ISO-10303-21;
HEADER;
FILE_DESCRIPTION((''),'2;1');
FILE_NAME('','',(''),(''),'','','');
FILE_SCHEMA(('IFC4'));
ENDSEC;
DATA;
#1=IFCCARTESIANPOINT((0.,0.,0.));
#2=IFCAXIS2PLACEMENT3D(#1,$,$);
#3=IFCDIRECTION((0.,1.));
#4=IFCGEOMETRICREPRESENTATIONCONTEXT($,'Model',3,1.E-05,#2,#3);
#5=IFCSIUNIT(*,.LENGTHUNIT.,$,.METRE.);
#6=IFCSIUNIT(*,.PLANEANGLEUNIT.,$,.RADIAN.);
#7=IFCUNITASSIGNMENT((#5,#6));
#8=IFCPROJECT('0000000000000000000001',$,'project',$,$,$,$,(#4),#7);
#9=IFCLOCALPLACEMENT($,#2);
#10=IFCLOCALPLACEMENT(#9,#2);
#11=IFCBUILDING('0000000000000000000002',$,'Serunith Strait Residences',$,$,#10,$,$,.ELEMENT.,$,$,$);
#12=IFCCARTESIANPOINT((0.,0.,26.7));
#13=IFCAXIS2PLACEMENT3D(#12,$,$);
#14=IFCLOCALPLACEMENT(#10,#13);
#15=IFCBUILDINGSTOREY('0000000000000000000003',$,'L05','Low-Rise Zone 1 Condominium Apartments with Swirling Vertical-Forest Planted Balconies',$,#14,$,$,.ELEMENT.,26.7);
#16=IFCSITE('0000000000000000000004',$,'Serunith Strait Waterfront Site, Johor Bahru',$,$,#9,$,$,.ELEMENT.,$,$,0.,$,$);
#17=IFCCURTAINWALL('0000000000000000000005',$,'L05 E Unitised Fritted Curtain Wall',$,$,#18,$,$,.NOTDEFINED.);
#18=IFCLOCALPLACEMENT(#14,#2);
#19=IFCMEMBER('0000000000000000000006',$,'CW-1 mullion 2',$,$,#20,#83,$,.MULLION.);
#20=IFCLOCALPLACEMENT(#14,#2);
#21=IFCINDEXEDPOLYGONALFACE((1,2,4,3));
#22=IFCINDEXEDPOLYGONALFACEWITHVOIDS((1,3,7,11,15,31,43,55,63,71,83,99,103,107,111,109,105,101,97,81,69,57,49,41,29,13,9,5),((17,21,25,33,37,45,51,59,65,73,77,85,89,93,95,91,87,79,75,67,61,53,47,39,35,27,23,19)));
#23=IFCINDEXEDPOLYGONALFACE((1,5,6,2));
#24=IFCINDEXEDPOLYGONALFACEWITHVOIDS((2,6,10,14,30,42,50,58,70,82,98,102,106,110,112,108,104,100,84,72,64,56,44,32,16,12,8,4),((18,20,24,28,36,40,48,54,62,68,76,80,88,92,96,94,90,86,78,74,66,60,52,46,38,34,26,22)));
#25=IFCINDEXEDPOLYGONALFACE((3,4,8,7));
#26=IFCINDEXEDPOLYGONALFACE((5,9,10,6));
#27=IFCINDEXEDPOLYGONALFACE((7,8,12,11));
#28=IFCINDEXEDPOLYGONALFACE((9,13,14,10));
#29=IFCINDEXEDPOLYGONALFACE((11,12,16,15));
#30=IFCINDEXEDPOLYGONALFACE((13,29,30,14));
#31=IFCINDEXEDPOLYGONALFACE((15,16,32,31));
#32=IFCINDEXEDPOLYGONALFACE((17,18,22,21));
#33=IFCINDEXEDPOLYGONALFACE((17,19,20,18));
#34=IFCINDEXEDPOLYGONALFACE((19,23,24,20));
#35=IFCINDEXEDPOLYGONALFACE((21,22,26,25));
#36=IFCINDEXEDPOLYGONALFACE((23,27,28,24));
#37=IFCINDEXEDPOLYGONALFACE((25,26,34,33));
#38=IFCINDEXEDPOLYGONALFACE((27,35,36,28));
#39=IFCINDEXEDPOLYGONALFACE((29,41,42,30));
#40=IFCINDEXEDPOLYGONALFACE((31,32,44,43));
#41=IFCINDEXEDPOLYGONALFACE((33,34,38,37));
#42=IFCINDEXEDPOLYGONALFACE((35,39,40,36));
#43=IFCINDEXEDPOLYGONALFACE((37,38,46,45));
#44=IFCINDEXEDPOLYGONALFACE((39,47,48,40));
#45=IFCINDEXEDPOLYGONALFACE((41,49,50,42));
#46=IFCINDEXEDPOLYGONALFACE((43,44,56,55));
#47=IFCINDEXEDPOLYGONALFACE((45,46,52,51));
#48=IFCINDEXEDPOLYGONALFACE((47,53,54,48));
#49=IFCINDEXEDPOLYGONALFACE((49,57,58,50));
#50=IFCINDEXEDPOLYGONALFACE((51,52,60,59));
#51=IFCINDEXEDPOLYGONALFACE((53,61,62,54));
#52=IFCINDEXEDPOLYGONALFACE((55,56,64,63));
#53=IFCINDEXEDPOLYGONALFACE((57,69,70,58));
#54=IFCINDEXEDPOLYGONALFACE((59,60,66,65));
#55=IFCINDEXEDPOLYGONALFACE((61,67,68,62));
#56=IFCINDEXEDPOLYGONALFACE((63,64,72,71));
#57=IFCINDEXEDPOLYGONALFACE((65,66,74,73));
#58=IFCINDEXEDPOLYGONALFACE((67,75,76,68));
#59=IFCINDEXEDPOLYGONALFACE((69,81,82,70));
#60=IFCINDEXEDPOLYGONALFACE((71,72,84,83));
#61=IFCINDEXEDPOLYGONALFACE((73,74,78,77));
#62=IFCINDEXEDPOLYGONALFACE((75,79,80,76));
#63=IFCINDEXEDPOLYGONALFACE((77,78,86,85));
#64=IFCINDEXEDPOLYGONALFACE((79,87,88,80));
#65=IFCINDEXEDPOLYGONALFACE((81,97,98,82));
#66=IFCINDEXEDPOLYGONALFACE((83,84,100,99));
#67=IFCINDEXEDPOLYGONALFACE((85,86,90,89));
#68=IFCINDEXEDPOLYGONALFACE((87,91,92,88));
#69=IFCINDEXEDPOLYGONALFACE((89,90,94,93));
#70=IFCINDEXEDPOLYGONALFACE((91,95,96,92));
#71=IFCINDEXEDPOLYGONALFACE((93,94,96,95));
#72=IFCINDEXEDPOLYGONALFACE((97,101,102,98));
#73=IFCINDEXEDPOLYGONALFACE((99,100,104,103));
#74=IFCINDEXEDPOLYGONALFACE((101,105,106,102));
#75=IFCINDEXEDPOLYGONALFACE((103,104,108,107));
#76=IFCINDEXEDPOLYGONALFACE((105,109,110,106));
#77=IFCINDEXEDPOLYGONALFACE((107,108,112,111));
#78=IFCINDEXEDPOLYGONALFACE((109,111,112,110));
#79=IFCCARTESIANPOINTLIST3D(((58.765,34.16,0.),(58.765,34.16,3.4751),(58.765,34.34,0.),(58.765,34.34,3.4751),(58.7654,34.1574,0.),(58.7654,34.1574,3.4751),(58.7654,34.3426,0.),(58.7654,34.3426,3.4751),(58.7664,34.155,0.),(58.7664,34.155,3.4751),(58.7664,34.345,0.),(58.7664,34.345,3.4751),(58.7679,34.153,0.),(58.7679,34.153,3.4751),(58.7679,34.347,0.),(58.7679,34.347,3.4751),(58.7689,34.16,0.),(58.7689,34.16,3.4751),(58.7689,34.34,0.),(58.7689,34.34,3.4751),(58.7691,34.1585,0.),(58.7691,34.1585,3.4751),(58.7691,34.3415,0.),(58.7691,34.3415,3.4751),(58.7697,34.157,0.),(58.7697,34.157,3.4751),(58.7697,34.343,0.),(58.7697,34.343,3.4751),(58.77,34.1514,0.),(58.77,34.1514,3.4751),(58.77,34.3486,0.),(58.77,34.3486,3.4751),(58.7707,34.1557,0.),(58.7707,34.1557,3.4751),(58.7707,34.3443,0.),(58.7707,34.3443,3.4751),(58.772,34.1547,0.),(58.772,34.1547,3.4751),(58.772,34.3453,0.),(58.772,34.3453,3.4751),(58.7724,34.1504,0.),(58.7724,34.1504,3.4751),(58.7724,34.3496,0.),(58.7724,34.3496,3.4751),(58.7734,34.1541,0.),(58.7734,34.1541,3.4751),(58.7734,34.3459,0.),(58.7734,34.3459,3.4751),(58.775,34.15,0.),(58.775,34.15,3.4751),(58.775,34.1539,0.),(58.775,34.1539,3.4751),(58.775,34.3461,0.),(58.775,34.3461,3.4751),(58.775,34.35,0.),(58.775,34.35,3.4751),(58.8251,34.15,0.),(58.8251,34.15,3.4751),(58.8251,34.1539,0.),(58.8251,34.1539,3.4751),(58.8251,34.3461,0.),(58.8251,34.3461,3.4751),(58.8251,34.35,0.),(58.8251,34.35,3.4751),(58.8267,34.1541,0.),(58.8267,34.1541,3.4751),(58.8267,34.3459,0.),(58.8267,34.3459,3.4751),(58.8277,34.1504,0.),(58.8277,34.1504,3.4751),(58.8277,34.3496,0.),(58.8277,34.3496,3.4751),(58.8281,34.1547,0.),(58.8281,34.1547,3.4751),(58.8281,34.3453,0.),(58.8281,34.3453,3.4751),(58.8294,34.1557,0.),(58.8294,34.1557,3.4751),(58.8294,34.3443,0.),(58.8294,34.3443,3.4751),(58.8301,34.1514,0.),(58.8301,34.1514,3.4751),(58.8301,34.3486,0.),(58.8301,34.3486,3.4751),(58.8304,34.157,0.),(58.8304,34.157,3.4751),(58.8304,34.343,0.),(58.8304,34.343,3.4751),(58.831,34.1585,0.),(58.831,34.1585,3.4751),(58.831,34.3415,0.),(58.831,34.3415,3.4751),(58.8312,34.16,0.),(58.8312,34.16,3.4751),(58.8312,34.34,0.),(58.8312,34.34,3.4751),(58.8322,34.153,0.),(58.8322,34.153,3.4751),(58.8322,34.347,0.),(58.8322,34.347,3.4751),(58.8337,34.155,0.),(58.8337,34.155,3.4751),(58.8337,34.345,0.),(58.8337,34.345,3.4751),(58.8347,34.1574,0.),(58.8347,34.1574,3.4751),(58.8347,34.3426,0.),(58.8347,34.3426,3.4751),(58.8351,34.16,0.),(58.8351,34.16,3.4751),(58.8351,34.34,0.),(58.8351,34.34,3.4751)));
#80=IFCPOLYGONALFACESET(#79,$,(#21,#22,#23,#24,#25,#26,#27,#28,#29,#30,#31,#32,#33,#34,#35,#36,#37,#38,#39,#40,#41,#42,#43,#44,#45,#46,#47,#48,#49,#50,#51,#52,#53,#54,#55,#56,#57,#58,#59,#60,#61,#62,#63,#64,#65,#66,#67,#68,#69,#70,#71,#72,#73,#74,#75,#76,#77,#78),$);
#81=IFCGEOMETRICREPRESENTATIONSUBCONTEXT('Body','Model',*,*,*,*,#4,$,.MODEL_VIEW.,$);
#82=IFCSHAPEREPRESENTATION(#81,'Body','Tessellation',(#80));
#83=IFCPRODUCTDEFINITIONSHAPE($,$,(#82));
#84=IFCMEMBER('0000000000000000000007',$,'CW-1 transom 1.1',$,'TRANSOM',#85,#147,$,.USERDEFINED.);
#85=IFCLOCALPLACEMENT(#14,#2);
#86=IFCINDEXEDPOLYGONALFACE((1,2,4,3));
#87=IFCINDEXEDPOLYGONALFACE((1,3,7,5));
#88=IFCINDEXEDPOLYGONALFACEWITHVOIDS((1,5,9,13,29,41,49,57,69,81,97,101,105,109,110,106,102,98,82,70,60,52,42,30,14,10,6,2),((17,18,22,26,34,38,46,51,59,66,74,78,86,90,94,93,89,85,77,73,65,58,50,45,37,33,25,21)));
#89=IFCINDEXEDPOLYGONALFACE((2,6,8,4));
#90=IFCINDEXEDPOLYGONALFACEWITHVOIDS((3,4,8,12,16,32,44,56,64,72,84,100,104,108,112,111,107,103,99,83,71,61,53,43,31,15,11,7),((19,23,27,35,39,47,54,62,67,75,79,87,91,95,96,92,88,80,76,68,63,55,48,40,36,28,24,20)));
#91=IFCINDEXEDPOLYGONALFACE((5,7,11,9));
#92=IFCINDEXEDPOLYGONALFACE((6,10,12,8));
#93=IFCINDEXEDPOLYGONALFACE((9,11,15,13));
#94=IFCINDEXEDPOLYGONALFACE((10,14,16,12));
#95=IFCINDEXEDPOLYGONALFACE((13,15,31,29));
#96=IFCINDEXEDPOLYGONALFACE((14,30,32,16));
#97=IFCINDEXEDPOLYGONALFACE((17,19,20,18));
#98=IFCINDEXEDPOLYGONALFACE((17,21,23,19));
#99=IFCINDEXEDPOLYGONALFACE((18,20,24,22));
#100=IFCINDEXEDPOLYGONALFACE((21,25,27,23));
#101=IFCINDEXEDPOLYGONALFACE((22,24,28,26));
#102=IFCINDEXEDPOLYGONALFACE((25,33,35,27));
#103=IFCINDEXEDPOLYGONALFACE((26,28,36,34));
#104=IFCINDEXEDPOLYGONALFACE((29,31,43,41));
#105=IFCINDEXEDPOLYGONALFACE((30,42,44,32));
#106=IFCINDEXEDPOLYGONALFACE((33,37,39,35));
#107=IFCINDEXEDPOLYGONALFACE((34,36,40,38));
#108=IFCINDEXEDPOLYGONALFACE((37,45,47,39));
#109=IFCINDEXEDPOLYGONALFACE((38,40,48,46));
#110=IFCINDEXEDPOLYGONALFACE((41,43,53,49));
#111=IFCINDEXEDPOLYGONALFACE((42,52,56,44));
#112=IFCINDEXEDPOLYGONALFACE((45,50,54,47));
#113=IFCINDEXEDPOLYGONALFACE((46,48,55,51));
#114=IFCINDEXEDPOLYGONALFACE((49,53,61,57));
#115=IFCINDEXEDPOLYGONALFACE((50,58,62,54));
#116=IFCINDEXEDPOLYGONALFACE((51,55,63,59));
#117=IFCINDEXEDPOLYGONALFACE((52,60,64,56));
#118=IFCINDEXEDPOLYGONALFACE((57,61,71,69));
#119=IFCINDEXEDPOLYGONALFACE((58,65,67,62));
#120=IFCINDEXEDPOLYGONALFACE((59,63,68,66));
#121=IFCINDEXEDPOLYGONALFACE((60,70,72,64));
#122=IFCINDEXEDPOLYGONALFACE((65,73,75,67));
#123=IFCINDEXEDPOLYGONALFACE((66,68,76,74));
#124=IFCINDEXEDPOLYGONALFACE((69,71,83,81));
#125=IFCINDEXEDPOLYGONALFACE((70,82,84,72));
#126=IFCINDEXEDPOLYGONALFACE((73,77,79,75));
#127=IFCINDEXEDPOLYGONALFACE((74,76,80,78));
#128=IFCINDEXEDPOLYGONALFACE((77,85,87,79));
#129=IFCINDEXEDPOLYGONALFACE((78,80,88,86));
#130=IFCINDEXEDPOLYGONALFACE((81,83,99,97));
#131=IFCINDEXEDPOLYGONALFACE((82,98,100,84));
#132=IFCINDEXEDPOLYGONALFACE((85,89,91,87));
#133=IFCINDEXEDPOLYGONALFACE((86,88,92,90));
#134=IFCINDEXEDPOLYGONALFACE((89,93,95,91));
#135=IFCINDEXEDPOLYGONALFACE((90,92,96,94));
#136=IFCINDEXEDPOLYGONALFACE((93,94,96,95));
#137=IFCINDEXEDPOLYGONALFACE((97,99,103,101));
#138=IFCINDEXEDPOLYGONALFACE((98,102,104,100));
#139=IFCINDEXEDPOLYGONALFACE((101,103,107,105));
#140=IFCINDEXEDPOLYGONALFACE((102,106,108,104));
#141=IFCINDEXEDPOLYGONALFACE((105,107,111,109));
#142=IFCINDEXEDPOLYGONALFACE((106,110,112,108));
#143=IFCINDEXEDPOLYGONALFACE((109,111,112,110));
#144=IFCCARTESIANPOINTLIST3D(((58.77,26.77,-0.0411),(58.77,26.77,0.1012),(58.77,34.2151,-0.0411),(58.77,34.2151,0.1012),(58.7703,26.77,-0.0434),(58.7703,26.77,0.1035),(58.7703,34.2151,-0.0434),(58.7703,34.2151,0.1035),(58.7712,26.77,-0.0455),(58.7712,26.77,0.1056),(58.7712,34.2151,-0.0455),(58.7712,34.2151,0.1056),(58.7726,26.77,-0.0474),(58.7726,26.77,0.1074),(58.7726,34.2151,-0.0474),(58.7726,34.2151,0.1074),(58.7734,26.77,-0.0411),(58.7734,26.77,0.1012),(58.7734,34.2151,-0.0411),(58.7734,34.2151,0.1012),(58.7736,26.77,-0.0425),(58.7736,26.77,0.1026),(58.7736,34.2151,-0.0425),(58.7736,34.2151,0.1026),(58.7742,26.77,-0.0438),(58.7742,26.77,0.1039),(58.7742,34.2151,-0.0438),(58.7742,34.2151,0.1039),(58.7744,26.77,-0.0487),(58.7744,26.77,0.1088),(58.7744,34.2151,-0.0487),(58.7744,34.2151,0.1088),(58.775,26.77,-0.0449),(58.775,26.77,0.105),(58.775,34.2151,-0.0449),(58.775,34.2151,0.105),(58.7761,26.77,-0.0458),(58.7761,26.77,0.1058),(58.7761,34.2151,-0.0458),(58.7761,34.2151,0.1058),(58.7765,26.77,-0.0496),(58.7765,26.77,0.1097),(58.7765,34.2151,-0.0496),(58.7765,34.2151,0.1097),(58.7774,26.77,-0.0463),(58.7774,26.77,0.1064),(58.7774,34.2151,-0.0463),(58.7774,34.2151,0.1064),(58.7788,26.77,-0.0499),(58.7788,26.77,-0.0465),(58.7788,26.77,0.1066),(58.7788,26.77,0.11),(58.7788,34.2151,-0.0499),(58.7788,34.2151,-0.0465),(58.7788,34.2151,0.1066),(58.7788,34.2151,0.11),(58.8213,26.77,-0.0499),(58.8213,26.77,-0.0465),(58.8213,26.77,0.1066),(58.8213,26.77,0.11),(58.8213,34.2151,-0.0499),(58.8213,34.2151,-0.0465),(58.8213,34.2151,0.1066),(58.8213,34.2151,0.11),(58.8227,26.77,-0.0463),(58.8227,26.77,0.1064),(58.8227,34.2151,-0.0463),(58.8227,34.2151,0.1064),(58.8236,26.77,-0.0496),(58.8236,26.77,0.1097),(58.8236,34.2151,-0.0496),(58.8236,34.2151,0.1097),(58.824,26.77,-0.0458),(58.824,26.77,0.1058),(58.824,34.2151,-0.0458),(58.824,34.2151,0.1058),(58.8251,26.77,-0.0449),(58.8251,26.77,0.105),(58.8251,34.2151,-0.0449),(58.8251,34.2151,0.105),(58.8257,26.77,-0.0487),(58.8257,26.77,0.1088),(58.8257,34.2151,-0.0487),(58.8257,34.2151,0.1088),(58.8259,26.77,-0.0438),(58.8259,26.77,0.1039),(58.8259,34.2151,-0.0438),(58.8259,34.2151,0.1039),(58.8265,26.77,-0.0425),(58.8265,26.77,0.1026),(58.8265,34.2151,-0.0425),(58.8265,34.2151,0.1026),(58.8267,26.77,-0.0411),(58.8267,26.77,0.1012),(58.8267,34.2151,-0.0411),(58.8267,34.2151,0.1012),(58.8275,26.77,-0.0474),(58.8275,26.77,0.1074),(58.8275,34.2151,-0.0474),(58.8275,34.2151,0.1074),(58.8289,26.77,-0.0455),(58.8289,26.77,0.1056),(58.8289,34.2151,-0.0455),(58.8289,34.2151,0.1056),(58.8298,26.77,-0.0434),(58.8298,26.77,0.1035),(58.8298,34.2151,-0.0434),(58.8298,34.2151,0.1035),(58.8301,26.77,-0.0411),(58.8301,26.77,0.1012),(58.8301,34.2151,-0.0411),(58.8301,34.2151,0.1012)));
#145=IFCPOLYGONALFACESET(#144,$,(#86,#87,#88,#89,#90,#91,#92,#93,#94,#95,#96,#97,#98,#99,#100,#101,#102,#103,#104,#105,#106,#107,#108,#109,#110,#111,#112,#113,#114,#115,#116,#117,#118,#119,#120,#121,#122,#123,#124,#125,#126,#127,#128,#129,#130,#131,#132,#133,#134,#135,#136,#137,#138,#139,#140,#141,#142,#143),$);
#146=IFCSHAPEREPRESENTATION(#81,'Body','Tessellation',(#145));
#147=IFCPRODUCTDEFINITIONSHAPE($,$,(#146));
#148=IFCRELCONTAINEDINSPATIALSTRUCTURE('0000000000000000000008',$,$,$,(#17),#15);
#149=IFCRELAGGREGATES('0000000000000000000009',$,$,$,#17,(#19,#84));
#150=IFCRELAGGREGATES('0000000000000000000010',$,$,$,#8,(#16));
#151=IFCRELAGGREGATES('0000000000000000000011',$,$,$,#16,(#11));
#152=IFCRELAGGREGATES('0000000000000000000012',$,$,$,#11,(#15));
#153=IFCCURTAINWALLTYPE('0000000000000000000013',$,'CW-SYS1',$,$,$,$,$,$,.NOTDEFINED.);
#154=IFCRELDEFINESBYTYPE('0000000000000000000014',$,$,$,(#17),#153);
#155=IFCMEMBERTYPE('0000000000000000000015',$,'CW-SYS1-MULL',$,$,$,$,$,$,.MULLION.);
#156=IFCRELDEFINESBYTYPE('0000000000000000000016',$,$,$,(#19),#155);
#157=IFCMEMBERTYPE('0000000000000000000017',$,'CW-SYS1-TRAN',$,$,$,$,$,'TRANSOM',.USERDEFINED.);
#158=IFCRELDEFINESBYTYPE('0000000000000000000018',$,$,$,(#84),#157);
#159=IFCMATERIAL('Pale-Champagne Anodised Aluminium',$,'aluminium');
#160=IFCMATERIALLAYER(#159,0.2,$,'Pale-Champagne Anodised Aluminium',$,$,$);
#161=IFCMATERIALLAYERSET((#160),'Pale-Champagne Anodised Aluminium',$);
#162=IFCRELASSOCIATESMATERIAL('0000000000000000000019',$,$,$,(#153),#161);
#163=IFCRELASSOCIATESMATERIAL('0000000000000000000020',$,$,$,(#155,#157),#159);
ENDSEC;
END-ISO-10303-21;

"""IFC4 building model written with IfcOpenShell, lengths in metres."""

from ifc_helpers import new_model, si_unit, direction, frame, origin, origin_2d, place, context, subcontext, project, spatial, hollow_rectangle, extrude, source, transform, mapped, material, layer, layer_set, material_profile, profile_set, type_object, element, aggregate, save


model = new_model("IFC4")

# Units and contexts
model_context = context("Model", 3, precision=1e-05, world=origin(), true_north=direction((0.0, 1.0)))
body_context = subcontext(model_context, "Body", "Model", "MODEL_VIEW")
ifc_project = project(units=[si_unit("LENGTHUNIT", "METRE"), si_unit("PLANEANGLEUNIT", "RADIAN")], contexts=[model_context])

# Site, building, storey
site_placement = place(None, origin())
site = spatial("IfcSite", under=ifc_project, at=site_placement, Name="Serunith Strait Waterfront Site, Johor Bahru", CompositionType="ELEMENT", RefElevation=0.0)
building_placement = place(site_placement, origin())
building = spatial("IfcBuilding", under=site, at=building_placement, Name="Serunith Strait Residences", CompositionType="ELEMENT")
storey_placement = place(building_placement, frame((0.0, 0.0, 26.7)))
storey = spatial("IfcBuildingStorey", under=building, at=storey_placement, Name="L05", Description="Low-Rise Zone 1 Condominium Apartments with Swirling Vertical-Forest Planted Balconies", CompositionType="ELEMENT", Elevation=26.7)

# Curtain wall, members
ifc_material_1 = material(Name="Pale-Champagne Anodised Aluminium", Category="aluminium")
ifc_layer_1 = layer(ifc_material_1, 0.2, Name="Pale-Champagne Anodised Aluminium")
ifc_layer_set_1 = layer_set([ifc_layer_1], Name="Pale-Champagne Anodised Aluminium")
curtain_wall_type = type_object("IfcCurtainWallType", Name="CW-SYS1", PredefinedType="NOTDEFINED", material=ifc_layer_set_1)
curtain_wall_placement = place(storey_placement, origin())
curtain_wall = element("IfcCurtainWall", 1, at=curtain_wall_placement, inside=storey, type_object=curtain_wall_type, Name="L05 E Unitised Fritted Curtain Wall", PredefinedType="NOTDEFINED")
ifc_material_profile_1 = material_profile(ifc_material_1, hollow_rectangle(XDim=0.0701, YDim=0.2, WallThickness=0.0039, InnerFilletRadius=0.0061, OuterFilletRadius=0.01, at=origin_2d()), Name="ALU 200x70x4")
ifc_profile_set_1 = profile_set([ifc_material_profile_1], Name="Pale-Champagne Anodised Aluminium")
member_type_1 = type_object("IfcMemberType", Name="CW-SYS1-MULL", PredefinedType="MULLION", material=ifc_profile_set_1)
shared_shape_1 = source(origin(), body_context, "Body", "SweptSolid", [
    extrude(hollow_rectangle(XDim=0.0701, YDim=0.2, WallThickness=0.0039, InnerFilletRadius=0.0061, OuterFilletRadius=0.01, at=origin_2d()), origin(), (0.0, 0.0, 1.0), 3.4751),
])
member_1_placement = place(storey_placement, frame((58.8, 34.25, 0.0), z_axis=(0.0, 0.0, 1.0), x_axis=(-1.0, 0.0, 0.0)))
member_1 = element("IfcMember", 2, at=member_1_placement, type_object=member_type_1, Name="CW-1 mullion 2", PredefinedType="MULLION", context=body_context, shape_type="MappedRepresentation", body=[
    mapped(shared_shape_1, transform((0.0, 0.0, 0.0), scale=1.0)),
])
ifc_material_profile_2 = material_profile(ifc_material_1, hollow_rectangle(XDim=0.0601, YDim=0.1599, WallThickness=0.0034, InnerFilletRadius=0.0054, OuterFilletRadius=0.0088, at=origin_2d()), Name="ALU 160x60x3.5")
ifc_profile_set_2 = profile_set([ifc_material_profile_2], Name="Pale-Champagne Anodised Aluminium")
member_type_2 = type_object("IfcMemberType", Name="CW-SYS1-TRAN", ElementType="TRANSOM", PredefinedType="USERDEFINED", material=ifc_profile_set_2)
shared_shape_2 = source(origin(), body_context, "Body", "SweptSolid", [
    extrude(hollow_rectangle(XDim=0.0601, YDim=0.1599, WallThickness=0.0034, InnerFilletRadius=0.0054, OuterFilletRadius=0.0088, at=origin_2d()), origin(), (0.0, 0.0, 1.0), 7.4451),
])
member_2_placement = place(storey_placement, frame((58.8, 26.77, 0.03), z_axis=(0.0, 1.0, 0.0), x_axis=(-1.0, 0.0, 0.0)))
member_2 = element("IfcMember", 3, at=member_2_placement, type_object=member_type_2, Name="CW-1 transom 1.1", ObjectType="TRANSOM", PredefinedType="USERDEFINED", context=body_context, shape_type="MappedRepresentation", body=[
    mapped(shared_shape_2, transform((0.0, 0.0, 0.0), scale=1.0)),
])
aggregate(curtain_wall, [member_1, member_2])

save(model, "model.ifc")
